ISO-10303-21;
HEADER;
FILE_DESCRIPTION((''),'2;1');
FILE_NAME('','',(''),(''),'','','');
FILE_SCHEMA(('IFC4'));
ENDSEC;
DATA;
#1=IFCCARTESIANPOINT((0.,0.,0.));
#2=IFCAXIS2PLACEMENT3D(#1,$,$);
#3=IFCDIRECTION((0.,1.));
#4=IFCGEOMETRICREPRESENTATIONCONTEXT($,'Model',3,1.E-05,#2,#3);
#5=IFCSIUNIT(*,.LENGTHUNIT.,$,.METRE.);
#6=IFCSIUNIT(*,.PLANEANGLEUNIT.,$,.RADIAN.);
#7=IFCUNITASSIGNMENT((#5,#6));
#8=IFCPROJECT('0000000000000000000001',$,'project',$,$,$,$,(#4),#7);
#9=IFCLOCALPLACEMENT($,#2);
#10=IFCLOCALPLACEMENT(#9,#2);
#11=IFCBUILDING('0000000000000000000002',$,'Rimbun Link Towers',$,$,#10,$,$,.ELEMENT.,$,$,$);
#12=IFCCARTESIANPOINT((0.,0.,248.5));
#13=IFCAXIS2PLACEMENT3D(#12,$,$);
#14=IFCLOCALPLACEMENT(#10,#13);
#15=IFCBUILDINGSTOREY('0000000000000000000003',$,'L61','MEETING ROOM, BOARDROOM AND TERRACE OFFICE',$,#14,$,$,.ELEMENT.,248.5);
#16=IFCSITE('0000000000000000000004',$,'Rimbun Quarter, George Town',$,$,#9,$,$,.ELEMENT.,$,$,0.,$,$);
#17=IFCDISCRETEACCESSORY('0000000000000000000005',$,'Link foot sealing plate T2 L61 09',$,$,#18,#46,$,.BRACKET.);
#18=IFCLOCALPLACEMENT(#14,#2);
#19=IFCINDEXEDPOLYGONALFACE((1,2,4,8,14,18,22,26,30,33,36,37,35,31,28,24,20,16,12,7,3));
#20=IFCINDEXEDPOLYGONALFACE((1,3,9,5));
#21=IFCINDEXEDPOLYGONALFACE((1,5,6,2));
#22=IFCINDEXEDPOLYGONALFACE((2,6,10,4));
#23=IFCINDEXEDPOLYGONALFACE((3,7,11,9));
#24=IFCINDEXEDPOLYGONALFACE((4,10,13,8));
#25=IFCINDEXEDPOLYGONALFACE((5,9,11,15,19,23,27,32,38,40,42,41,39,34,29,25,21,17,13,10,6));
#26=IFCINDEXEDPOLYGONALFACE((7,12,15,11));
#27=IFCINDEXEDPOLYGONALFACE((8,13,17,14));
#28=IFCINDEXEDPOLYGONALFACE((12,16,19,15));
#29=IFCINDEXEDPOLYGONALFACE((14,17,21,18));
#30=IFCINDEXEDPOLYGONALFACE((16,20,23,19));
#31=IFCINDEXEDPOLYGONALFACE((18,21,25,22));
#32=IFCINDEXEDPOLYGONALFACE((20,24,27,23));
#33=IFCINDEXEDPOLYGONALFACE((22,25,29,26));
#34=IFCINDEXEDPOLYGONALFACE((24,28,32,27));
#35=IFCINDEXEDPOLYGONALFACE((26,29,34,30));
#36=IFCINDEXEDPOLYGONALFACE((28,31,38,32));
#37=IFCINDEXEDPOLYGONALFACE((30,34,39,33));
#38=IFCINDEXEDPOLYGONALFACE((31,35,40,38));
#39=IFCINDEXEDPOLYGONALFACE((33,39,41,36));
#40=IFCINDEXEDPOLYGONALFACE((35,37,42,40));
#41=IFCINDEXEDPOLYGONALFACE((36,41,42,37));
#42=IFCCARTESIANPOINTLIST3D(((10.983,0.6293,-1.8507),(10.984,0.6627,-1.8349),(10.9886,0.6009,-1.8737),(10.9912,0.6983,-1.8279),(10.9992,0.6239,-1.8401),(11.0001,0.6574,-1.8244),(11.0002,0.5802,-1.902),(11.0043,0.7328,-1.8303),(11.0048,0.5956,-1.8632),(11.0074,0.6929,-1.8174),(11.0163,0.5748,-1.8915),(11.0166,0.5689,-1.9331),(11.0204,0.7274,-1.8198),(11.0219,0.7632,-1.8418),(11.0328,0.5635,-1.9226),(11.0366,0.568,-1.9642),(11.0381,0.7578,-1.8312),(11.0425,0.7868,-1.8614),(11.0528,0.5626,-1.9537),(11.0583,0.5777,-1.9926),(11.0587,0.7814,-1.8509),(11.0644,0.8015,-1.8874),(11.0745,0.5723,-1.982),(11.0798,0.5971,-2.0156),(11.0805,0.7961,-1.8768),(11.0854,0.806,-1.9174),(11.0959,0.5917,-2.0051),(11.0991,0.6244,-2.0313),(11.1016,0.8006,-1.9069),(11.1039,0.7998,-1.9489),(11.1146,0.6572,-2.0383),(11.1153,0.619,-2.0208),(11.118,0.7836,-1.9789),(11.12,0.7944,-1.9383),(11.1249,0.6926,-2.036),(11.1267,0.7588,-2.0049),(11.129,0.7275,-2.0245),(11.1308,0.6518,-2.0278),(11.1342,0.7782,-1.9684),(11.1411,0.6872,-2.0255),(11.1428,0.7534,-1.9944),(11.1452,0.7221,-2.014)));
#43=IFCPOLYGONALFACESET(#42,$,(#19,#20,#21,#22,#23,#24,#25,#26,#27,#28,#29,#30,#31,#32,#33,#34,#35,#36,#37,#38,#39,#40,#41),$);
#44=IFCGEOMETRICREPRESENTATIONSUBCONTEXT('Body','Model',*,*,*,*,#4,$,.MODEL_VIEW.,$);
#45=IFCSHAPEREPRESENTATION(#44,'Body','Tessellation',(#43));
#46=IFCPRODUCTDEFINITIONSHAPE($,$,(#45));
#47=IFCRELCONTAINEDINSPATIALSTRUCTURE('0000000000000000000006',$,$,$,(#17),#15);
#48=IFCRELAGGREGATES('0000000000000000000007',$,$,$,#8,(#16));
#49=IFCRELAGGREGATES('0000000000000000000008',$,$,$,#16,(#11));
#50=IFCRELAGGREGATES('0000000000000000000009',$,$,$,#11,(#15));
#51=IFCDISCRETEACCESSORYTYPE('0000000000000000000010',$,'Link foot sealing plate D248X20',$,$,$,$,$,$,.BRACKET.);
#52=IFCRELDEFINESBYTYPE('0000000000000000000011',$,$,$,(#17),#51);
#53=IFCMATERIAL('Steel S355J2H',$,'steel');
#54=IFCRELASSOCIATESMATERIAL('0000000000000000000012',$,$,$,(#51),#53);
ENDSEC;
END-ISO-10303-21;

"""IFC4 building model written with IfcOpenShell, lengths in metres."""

from ifc_helpers import new_model, si_unit, direction, frame, origin, origin_2d, place, context, subcontext, project, spatial, circle, extrude, material, material_profile, profile_set, type_object, element, save


model = new_model("IFC4")

# Units and contexts
model_context = context("Model", 3, precision=1e-05, world=origin(), true_north=direction((0.0, 1.0)))
body_context = subcontext(model_context, "Body", "Model", "MODEL_VIEW")
ifc_project = project(units=[si_unit("LENGTHUNIT", "METRE"), si_unit("PLANEANGLEUNIT", "RADIAN")], contexts=[model_context])

# Site, building, storey
site_placement = place(None, origin())
site = spatial("IfcSite", under=ifc_project, at=site_placement, Name="Rimbun Quarter, George Town", CompositionType="ELEMENT", RefElevation=0.0)
building_placement = place(site_placement, origin())
building = spatial("IfcBuilding", under=site, at=building_placement, Name="Rimbun Link Towers", CompositionType="ELEMENT")
storey_placement = place(building_placement, frame((0.0, 0.0, 248.5)))
storey = spatial("IfcBuildingStorey", under=building, at=storey_placement, Name="L61", Description="MEETING ROOM, BOARDROOM AND TERRACE OFFICE", CompositionType="ELEMENT", Elevation=248.5)

# Discrete accessory
ifc_material_1 = material(Name="Steel S355J2H", Category="steel")
ifc_material_profile_1 = material_profile(ifc_material_1, circle(Radius=0.124, at=origin_2d()), Name="PL D248")
ifc_profile_set_1 = profile_set([ifc_material_profile_1], Name="Steel S355J2H")
discrete_accessory_type = type_object("IfcDiscreteAccessoryType", Name="Link foot sealing plate D248X20", PredefinedType="BRACKET", material=ifc_profile_set_1)
for number, where, z_axis, x_axis, name in (
    (1, (11.072, 0.6812, -1.9226), (-0.806981, 0.268994, -0.52576), (-0.316228, -0.948683, 0.0), "Link foot sealing plate T2 L61 09"),
):
    element("IfcDiscreteAccessory", number, at=place(storey_placement, frame(where, z_axis=z_axis, x_axis=x_axis)), inside=storey, type_object=discrete_accessory_type, Name=name, PredefinedType="BRACKET", context=body_context, shape_type="SweptSolid", body=[
        extrude(circle(Radius=0.124, at=origin_2d()), origin(), (0.0, 0.0, 1.0), 0.02),
    ])

save(model, "model.ifc")
